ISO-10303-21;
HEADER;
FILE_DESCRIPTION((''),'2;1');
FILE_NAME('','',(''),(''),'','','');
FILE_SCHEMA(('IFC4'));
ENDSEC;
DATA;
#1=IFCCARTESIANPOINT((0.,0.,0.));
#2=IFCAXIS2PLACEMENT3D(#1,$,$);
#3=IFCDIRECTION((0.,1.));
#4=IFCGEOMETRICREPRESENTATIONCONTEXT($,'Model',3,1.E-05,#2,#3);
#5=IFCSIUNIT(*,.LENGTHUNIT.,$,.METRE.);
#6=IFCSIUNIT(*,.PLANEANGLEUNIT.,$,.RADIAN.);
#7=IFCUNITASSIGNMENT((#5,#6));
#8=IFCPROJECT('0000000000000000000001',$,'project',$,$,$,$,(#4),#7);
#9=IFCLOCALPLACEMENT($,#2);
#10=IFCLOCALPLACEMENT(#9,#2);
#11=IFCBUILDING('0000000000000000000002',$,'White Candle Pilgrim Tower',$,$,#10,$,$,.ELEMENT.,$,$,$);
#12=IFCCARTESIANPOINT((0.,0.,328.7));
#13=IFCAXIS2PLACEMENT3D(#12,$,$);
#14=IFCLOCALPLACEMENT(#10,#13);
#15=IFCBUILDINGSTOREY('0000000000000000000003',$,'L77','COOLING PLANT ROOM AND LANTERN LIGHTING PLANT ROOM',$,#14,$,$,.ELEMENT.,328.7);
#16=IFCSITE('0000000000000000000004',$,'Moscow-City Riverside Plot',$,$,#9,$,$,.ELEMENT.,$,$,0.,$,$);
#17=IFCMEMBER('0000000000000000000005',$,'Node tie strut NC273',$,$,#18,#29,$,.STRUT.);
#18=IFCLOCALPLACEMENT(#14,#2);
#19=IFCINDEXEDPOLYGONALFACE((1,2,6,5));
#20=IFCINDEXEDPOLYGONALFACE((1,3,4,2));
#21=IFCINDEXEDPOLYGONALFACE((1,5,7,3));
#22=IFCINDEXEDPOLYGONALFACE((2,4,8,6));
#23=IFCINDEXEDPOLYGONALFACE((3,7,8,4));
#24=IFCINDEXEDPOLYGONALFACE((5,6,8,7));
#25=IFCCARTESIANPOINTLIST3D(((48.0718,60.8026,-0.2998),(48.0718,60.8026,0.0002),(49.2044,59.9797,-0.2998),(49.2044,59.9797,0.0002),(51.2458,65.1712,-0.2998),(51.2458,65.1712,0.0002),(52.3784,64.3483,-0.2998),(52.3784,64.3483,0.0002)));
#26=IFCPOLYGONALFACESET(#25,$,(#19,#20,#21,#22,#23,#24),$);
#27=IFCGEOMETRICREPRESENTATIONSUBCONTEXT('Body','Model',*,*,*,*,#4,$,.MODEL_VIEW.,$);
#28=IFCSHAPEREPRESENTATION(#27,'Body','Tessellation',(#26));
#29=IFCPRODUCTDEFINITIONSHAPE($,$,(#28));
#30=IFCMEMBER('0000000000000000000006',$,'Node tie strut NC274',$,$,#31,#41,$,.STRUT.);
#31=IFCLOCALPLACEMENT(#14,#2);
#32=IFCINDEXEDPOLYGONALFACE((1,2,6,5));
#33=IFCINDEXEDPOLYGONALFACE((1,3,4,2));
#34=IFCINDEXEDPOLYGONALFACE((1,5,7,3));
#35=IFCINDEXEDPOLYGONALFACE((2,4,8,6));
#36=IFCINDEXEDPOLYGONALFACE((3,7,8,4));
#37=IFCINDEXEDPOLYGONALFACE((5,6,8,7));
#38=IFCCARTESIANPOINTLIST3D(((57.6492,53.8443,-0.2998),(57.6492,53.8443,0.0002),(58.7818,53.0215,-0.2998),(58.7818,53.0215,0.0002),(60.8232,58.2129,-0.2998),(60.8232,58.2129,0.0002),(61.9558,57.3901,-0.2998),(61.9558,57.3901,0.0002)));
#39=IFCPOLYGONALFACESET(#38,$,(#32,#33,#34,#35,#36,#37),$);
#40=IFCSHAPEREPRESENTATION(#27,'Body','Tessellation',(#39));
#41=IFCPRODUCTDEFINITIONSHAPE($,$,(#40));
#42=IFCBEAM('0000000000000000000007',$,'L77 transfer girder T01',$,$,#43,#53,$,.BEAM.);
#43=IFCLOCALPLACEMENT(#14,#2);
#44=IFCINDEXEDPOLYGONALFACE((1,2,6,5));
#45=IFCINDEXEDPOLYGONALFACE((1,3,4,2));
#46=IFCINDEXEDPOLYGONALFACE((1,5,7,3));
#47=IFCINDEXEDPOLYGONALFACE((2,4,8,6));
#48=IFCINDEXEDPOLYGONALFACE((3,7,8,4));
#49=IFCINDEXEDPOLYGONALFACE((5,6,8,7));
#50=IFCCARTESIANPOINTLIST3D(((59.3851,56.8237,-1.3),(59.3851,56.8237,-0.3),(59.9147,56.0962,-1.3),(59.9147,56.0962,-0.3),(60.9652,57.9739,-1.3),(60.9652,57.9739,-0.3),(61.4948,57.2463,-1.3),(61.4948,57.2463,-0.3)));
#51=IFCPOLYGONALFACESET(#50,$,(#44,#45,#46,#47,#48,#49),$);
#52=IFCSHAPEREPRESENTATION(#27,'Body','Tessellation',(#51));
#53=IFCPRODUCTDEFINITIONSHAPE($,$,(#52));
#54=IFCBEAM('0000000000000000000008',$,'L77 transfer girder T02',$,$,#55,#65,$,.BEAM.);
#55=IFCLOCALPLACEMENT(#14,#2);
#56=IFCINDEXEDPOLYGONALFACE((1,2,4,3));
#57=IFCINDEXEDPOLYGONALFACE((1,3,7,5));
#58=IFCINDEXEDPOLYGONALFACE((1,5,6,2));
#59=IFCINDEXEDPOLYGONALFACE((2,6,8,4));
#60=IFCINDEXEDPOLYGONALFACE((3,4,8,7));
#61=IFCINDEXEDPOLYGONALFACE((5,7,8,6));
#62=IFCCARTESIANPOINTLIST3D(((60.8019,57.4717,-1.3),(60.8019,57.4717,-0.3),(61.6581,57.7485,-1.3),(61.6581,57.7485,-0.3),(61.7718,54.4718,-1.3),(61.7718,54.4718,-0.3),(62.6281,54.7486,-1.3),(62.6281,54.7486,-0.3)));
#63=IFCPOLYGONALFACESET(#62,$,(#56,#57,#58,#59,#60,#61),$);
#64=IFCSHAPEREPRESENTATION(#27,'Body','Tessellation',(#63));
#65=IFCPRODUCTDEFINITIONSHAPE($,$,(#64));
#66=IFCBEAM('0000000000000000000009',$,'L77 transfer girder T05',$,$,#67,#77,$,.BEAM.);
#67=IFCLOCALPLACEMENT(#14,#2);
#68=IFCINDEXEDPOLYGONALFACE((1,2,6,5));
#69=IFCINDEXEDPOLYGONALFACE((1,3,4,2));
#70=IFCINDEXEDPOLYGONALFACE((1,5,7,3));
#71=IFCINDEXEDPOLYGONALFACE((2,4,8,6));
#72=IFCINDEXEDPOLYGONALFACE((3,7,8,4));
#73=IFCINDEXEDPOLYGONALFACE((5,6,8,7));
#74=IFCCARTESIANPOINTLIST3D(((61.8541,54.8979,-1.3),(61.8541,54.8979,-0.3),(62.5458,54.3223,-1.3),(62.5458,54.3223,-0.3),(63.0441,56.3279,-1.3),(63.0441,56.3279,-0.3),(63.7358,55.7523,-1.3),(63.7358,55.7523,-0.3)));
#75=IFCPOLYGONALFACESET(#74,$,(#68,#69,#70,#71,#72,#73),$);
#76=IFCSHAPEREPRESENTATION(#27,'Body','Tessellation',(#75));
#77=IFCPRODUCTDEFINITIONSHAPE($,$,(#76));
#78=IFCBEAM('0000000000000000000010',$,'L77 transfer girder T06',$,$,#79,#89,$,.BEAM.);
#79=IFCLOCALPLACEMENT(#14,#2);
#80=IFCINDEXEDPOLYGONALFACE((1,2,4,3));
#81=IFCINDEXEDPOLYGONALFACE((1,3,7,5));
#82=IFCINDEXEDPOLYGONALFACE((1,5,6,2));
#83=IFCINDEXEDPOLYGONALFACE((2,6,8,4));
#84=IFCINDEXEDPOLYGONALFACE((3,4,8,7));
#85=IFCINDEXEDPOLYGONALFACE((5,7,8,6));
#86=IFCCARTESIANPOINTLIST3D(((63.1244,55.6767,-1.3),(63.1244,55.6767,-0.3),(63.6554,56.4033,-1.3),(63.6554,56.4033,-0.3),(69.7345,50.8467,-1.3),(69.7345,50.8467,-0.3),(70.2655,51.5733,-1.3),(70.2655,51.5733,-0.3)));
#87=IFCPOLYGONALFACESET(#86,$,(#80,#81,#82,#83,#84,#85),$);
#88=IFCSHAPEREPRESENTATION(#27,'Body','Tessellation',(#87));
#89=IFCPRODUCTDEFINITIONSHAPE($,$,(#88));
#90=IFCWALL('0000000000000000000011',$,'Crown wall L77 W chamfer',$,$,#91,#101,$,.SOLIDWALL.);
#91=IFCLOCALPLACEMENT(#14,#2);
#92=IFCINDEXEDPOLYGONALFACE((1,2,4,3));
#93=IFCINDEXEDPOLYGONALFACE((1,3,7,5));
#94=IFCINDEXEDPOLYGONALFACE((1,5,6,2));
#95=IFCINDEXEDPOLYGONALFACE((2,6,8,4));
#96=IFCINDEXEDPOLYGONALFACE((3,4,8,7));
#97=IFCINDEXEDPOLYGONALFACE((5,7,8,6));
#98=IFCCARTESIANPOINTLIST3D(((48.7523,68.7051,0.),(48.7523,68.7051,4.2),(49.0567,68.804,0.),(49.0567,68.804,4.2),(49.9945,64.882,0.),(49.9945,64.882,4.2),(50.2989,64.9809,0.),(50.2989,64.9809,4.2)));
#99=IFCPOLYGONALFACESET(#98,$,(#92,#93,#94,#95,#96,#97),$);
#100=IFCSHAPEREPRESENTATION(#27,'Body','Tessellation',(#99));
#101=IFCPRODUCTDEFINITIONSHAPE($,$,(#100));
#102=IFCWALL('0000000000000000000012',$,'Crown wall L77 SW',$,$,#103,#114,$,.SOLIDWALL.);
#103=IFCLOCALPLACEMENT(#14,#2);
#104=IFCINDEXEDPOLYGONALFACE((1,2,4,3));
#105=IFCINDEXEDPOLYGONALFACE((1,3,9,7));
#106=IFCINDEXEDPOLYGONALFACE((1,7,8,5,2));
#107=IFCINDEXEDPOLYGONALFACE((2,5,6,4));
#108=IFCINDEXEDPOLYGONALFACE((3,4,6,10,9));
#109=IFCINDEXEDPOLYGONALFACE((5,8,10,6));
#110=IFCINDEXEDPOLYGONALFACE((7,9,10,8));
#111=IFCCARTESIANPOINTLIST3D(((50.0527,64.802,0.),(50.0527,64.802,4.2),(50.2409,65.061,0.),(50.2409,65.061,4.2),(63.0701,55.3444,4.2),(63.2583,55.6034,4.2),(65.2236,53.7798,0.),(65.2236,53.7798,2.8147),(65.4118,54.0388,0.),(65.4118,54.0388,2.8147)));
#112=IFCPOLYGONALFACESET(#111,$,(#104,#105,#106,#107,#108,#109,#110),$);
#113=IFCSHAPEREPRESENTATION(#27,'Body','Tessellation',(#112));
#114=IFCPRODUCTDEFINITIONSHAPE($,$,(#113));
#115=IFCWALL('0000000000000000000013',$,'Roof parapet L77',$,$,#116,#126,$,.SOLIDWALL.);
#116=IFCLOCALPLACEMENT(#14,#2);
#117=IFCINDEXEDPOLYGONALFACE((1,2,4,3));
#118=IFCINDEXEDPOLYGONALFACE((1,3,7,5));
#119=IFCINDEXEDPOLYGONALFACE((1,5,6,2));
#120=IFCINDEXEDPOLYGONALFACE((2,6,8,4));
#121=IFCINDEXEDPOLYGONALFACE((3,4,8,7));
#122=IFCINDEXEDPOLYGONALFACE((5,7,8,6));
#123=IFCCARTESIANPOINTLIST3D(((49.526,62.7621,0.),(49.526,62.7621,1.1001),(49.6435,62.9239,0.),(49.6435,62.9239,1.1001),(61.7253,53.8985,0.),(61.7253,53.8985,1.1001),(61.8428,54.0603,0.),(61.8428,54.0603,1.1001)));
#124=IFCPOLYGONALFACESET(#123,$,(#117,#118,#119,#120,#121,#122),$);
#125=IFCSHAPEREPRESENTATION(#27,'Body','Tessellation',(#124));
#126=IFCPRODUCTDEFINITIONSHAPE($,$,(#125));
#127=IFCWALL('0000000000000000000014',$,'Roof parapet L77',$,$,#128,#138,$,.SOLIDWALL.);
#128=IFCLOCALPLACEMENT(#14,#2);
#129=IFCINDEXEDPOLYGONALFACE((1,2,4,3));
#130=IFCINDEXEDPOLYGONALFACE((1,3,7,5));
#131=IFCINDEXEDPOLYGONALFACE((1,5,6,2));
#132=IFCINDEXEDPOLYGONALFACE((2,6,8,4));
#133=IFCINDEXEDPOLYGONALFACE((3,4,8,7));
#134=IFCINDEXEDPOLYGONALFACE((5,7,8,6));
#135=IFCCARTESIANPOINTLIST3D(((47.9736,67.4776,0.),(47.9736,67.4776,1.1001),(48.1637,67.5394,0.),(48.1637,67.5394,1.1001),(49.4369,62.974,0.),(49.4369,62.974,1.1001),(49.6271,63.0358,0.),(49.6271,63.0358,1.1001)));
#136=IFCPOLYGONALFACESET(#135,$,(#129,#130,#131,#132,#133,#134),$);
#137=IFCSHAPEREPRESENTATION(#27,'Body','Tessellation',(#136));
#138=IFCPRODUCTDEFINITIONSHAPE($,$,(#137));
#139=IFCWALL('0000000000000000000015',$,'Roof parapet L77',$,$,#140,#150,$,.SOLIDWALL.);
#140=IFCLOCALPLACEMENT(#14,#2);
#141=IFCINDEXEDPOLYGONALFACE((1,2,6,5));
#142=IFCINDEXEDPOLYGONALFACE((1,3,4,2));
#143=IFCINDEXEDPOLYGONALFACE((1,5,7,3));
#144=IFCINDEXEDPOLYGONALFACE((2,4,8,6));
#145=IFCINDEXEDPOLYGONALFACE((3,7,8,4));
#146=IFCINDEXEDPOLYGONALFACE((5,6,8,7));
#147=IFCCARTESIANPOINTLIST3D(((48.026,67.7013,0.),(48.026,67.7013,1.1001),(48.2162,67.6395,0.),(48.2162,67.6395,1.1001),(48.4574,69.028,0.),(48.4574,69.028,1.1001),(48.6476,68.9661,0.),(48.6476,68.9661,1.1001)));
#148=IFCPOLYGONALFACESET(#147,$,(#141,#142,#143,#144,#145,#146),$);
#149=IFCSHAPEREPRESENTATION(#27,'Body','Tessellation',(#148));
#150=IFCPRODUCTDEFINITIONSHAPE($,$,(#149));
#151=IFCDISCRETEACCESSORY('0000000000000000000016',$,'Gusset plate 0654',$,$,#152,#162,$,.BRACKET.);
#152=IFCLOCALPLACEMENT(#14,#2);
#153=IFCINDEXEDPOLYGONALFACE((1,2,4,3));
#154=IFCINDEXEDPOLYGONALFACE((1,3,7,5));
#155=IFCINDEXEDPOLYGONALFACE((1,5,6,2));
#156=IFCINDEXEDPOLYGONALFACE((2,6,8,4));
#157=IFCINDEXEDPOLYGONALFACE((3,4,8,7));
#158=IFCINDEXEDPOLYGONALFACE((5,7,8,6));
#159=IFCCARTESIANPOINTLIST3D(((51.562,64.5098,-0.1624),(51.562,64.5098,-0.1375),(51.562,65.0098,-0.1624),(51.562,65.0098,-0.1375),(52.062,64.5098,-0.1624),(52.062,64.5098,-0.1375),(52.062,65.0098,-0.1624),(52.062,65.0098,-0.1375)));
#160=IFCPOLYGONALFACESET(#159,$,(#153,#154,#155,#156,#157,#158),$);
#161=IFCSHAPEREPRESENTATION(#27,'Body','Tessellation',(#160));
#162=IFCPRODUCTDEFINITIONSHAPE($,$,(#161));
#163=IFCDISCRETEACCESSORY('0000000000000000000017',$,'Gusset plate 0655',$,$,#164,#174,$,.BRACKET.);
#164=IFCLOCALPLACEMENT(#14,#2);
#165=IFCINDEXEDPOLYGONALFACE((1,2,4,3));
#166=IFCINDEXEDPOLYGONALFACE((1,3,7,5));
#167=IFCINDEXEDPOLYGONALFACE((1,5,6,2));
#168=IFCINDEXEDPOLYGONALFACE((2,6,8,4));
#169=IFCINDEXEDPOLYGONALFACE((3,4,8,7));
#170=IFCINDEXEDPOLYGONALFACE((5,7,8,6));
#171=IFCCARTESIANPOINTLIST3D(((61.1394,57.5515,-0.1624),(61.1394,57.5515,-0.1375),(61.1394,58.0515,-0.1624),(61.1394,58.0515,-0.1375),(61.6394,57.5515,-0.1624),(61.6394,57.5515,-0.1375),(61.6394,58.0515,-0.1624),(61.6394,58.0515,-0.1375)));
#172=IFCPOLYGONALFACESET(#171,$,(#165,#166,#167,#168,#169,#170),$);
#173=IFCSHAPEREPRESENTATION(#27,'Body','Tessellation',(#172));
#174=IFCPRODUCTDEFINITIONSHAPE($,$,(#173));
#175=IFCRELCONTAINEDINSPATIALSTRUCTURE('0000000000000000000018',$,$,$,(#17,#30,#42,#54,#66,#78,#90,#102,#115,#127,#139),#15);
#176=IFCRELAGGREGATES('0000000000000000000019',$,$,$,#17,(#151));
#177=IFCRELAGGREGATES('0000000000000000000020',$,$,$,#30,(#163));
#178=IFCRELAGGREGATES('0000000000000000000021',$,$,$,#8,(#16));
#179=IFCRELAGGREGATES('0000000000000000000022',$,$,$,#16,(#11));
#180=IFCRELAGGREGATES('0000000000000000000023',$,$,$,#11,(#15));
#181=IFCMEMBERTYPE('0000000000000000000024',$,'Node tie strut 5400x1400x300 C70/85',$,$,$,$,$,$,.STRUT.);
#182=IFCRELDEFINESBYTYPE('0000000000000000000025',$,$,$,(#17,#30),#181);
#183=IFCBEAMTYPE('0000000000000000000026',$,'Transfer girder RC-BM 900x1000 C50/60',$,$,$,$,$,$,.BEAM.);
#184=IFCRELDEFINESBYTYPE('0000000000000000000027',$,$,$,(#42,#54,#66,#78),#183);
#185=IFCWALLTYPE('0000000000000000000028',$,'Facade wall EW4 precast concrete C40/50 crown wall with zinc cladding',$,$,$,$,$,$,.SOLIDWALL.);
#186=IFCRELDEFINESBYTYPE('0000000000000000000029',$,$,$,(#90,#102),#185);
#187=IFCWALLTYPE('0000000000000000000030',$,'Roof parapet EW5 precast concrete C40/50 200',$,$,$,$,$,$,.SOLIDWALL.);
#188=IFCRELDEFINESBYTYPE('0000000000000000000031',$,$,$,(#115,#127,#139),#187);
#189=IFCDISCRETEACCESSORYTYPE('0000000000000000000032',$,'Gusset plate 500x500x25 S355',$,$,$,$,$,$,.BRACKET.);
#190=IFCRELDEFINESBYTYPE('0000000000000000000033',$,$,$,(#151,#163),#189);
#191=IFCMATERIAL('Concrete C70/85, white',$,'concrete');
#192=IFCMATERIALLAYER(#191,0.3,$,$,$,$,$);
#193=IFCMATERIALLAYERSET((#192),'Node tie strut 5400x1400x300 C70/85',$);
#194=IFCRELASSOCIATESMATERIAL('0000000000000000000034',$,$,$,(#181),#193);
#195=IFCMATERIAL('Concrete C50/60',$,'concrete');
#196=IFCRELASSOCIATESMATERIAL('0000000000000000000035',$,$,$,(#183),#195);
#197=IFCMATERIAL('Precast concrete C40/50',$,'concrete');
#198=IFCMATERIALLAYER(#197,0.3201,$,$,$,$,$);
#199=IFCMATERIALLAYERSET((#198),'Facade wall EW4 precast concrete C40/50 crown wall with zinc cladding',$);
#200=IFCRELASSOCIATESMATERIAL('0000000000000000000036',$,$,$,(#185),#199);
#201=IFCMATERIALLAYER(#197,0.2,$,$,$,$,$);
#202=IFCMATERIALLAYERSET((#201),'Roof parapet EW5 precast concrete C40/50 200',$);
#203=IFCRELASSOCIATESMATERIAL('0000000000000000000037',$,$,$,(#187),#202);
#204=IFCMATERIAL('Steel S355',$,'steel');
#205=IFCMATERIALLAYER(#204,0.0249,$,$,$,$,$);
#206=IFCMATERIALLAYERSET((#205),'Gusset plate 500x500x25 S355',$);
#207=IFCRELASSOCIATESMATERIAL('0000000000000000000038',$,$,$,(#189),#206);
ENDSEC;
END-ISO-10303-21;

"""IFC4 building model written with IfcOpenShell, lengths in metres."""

from ifc_helpers import new_model, si_unit, direction, frame, frame_2d, origin, origin_2d, place, context, subcontext, project, spatial, polyline, rectangle, outline, extrude, material, layer, layer_set, material_profile, profile_set, type_object, element, aggregate, save


model = new_model("IFC4")

# Units and contexts
model_context = context("Model", 3, precision=1e-05, world=origin(), true_north=direction((0.0, 1.0)))
body_context = subcontext(model_context, "Body", "Model", "MODEL_VIEW")
ifc_project = project(units=[si_unit("LENGTHUNIT", "METRE"), si_unit("PLANEANGLEUNIT", "RADIAN")], contexts=[model_context])

# Site, building, storey
site_placement = place(None, origin())
site = spatial("IfcSite", under=ifc_project, at=site_placement, Name="Moscow-City Riverside Plot", CompositionType="ELEMENT", RefElevation=0.0)
building_placement = place(site_placement, origin())
building = spatial("IfcBuilding", under=site, at=building_placement, Name="White Candle Pilgrim Tower", CompositionType="ELEMENT")
storey_placement = place(building_placement, frame((0.0, 0.0, 328.7)))
storey = spatial("IfcBuildingStorey", under=building, at=storey_placement, Name="L77", Description="COOLING PLANT ROOM AND LANTERN LIGHTING PLANT ROOM", CompositionType="ELEMENT", Elevation=328.7)

# Members
ifc_material_1 = material(Name="Concrete C70/85, white", Category="concrete")
ifc_layer_1 = layer(ifc_material_1, 0.3)
ifc_layer_set_1 = layer_set([ifc_layer_1], Name="Node tie strut 5400x1400x300 C70/85")
member_type = type_object("IfcMemberType", Name="Node tie strut 5400x1400x300 C70/85", PredefinedType="STRUT", material=ifc_layer_set_1)
member_1_placement = place(storey_placement, frame((50.2251, 62.5754, -0.2998), z_axis=(0.0, 0.0, 1.0), x_axis=(0.809017, -0.587785, 0.0)))
member_1 = element("IfcMember", 1, at=member_1_placement, inside=storey, type_object=member_type, Name="Node tie strut NC273", PredefinedType="STRUT", context=body_context, shape_type="SweptSolid", body=[
    extrude(rectangle(XDim=1.3999, YDim=5.3999, at=origin_2d()), origin(), (0.0, 0.0, 1.0), 0.3),
])
member_2_placement = place(storey_placement, frame((59.8025, 55.6172, -0.2998), z_axis=(0.0, 0.0, 1.0), x_axis=(0.809017, -0.587785, 0.0)))
member_2 = element("IfcMember", 2, at=member_2_placement, inside=storey, type_object=member_type, Name="Node tie strut NC274", PredefinedType="STRUT", context=body_context, shape_type="SweptSolid", body=[
    extrude(rectangle(XDim=1.3999, YDim=5.3999, at=origin_2d()), origin(), (0.0, 0.0, 1.0), 0.3),
])

# Beams
ifc_material_2 = material(Name="Concrete C50/60", Category="concrete")
ifc_material_profile_1 = material_profile(ifc_material_2, rectangle(XDim=0.8999, YDim=1.0, at=origin_2d()), Name="RC-BM 900x1000")
ifc_profile_set_1 = profile_set([ifc_material_profile_1], Name="Concrete C50/60")
beam_type = type_object("IfcBeamType", Name="Transfer girder RC-BM 900x1000 C50/60", PredefinedType="BEAM", material=ifc_profile_set_1)
beam_1_placement = place(storey_placement, frame((59.6499, 56.46, -0.8), z_axis=(0.808493, 0.588506, 0.0), x_axis=(-0.588506, 0.808493, 0.0)))
element("IfcBeam", 3, at=beam_1_placement, inside=storey, type_object=beam_type, Name="L77 transfer girder T01", PredefinedType="BEAM", context=body_context, shape_type="SweptSolid", body=[
    extrude(rectangle(XDim=0.8999, YDim=1.0, at=origin_2d()), origin(), (0.0, 0.0, 1.0), 1.9543),
])
beam_2_placement = place(storey_placement, frame((61.23, 57.6101, -0.8), z_axis=(0.307643, -0.951502, 0.0), x_axis=(0.951502, 0.307643, 0.0)))
element("IfcBeam", 4, at=beam_2_placement, inside=storey, type_object=beam_type, Name="L77 transfer girder T02", PredefinedType="BEAM", context=body_context, shape_type="SweptSolid", body=[
    extrude(rectangle(XDim=0.8999, YDim=1.0, at=origin_2d()), origin(), (0.0, 0.0, 1.0), 3.1528),
])
beam_3_placement = place(storey_placement, frame((62.2, 54.6101, -0.8), z_axis=(0.639655, 0.768662, 0.0), x_axis=(-0.768662, 0.639655, 0.0)))
element("IfcBeam", 5, at=beam_3_placement, inside=storey, type_object=beam_type, Name="L77 transfer girder T05", PredefinedType="BEAM", context=body_context, shape_type="SweptSolid", body=[
    extrude(rectangle(XDim=0.8999, YDim=1.0, at=origin_2d()), origin(), (0.0, 0.0, 1.0), 1.8604),
])
beam_4_placement = place(storey_placement, frame((63.3899, 56.04, -0.8), z_axis=(0.807414, -0.589986, 0.0), x_axis=(0.589986, 0.807414, 0.0)))
element("IfcBeam", 6, at=beam_4_placement, inside=storey, type_object=beam_type, Name="L77 transfer girder T06", PredefinedType="BEAM", context=body_context, shape_type="SweptSolid", body=[
    extrude(rectangle(XDim=0.8999, YDim=1.0, at=origin_2d()), origin(), (0.0, 0.0, 1.0), 8.1868),
])

# Walls
ifc_material_3 = material(Name="Precast concrete C40/50", Category="concrete")
ifc_layer_2 = layer(ifc_material_3, 0.3201)
ifc_layer_set_2 = layer_set([ifc_layer_2], Name="Facade wall EW4 precast concrete C40/50 crown wall with zinc cladding")
wall_type_1 = type_object("IfcWallType", Name="Facade wall EW4 precast concrete C40/50 crown wall with zinc cladding", PredefinedType="SOLIDWALL", material=ifc_layer_set_2)
wall_1_placement = place(storey_placement, frame((48.9045, 68.7544, 0.0), z_axis=(0.0, 0.0, 1.0), x_axis=(0.309022, -0.951055, 0.0)))
element("IfcWall", 7, at=wall_1_placement, inside=storey, type_object=wall_type_1, Name="Crown wall L77 W chamfer", PredefinedType="SOLIDWALL", context=body_context, shape_type="SweptSolid", body=[
    extrude(rectangle(XDim=4.0198, YDim=0.3201, at=frame_2d((2.0098, 0.0))), origin(), (0.0, 0.0, 1.0), 4.2),
])
wall_2_placement = place(storey_placement, frame((50.1467, 64.9314, 0.0), z_axis=(0.0, 0.0, 1.0), x_axis=(0.809019, -0.587782, 0.0)))
element("IfcWall", 8, at=wall_2_placement, inside=storey, type_object=wall_type_1, Name="Crown wall L77 SW", PredefinedType="SOLIDWALL", context=body_context, shape_type="SweptSolid", body=[
    extrude(outline(polyline([(0.0, 0.0), (18.7522, 0.0), (18.7522, 2.8147), (16.0903, 4.2), (0.0, 4.2), (0.0, 0.0)])), frame((0.0, 0.1602, 0.0), z_axis=(0.0, -1.0, 0.0), x_axis=(1.0, 0.0, 0.0)), (0.0, 0.0, 1.0), 0.3201),
])
ifc_layer_3 = layer(ifc_material_3, 0.2)
ifc_layer_set_3 = layer_set([ifc_layer_3], Name="Roof parapet EW5 precast concrete C40/50 200")
wall_type_2 = type_object("IfcWallType", Name="Roof parapet EW5 precast concrete C40/50 200", PredefinedType="SOLIDWALL", material=ifc_layer_set_3)
wall_3_placement = place(storey_placement, frame((61.7839, 53.9795, 0.0), z_axis=(0.0, 0.0, 1.0), x_axis=(-0.809008, 0.587797, 0.0)))
element("IfcWall", 9, at=wall_3_placement, inside=storey, type_object=wall_type_2, Name="Roof parapet L77", PredefinedType="SOLIDWALL", context=body_context, shape_type="SweptSolid", body=[
    extrude(rectangle(XDim=15.0793, YDim=0.2, at=frame_2d((7.5396, 0.0))), origin(), (0.0, 0.0, 1.0), 1.1001),
])
wall_4_placement = place(storey_placement, frame((49.532, 63.0049, 0.0), z_axis=(0.0, 0.0, 1.0), x_axis=(-0.309027, 0.951053, 0.0)))
element("IfcWall", 10, at=wall_4_placement, inside=storey, type_object=wall_type_2, Name="Roof parapet L77", PredefinedType="SOLIDWALL", context=body_context, shape_type="SweptSolid", body=[
    extrude(rectangle(XDim=4.7354, YDim=0.2, at=frame_2d((2.3677, 0.0))), origin(), (0.0, 0.0, 1.0), 1.1001),
])
wall_5_placement = place(storey_placement, frame((48.1211, 67.6704, 0.0), z_axis=(0.0, 0.0, 1.0), x_axis=(0.309236, 0.950985, 0.0)))
element("IfcWall", 11, at=wall_5_placement, inside=storey, type_object=wall_type_2, Name="Roof parapet L77", PredefinedType="SOLIDWALL", context=body_context, shape_type="SweptSolid", body=[
    extrude(rectangle(XDim=1.395, YDim=0.2, at=frame_2d((0.6975, 0.0))), origin(), (0.0, 0.0, 1.0), 1.1001),
])

# Discrete accessories
ifc_material_4 = material(Name="Steel S355", Category="steel")
ifc_layer_4 = layer(ifc_material_4, 0.0249)
ifc_layer_set_4 = layer_set([ifc_layer_4], Name="Gusset plate 500x500x25 S355")
discrete_accessory_type = type_object("IfcDiscreteAccessoryType", Name="Gusset plate 500x500x25 S355", PredefinedType="BRACKET", material=ifc_layer_set_4)
discrete_accessory_1_placement = place(storey_placement, frame((51.812, 64.7598, -0.1624), z_axis=(0.0, 0.0, 1.0), x_axis=(1.0, 0.0, 0.0)))
discrete_accessory_1 = element("IfcDiscreteAccessory", 12, at=discrete_accessory_1_placement, type_object=discrete_accessory_type, Name="Gusset plate 0654", PredefinedType="BRACKET", context=body_context, shape_type="SweptSolid", body=[
    extrude(rectangle(XDim=0.5, YDim=0.5, at=origin_2d()), origin(), (0.0, 0.0, 1.0), 0.0249),
])
aggregate(member_1, [discrete_accessory_1])
discrete_accessory_2_placement = place(storey_placement, frame((61.3894, 57.8015, -0.1624), z_axis=(0.0, 0.0, 1.0), x_axis=(1.0, 0.0, 0.0)))
discrete_accessory_2 = element("IfcDiscreteAccessory", 13, at=discrete_accessory_2_placement, type_object=discrete_accessory_type, Name="Gusset plate 0655", PredefinedType="BRACKET", context=body_context, shape_type="SweptSolid", body=[
    extrude(rectangle(XDim=0.5, YDim=0.5, at=origin_2d()), origin(), (0.0, 0.0, 1.0), 0.0249),
])
aggregate(member_2, [discrete_accessory_2])

save(model, "model.ifc")
